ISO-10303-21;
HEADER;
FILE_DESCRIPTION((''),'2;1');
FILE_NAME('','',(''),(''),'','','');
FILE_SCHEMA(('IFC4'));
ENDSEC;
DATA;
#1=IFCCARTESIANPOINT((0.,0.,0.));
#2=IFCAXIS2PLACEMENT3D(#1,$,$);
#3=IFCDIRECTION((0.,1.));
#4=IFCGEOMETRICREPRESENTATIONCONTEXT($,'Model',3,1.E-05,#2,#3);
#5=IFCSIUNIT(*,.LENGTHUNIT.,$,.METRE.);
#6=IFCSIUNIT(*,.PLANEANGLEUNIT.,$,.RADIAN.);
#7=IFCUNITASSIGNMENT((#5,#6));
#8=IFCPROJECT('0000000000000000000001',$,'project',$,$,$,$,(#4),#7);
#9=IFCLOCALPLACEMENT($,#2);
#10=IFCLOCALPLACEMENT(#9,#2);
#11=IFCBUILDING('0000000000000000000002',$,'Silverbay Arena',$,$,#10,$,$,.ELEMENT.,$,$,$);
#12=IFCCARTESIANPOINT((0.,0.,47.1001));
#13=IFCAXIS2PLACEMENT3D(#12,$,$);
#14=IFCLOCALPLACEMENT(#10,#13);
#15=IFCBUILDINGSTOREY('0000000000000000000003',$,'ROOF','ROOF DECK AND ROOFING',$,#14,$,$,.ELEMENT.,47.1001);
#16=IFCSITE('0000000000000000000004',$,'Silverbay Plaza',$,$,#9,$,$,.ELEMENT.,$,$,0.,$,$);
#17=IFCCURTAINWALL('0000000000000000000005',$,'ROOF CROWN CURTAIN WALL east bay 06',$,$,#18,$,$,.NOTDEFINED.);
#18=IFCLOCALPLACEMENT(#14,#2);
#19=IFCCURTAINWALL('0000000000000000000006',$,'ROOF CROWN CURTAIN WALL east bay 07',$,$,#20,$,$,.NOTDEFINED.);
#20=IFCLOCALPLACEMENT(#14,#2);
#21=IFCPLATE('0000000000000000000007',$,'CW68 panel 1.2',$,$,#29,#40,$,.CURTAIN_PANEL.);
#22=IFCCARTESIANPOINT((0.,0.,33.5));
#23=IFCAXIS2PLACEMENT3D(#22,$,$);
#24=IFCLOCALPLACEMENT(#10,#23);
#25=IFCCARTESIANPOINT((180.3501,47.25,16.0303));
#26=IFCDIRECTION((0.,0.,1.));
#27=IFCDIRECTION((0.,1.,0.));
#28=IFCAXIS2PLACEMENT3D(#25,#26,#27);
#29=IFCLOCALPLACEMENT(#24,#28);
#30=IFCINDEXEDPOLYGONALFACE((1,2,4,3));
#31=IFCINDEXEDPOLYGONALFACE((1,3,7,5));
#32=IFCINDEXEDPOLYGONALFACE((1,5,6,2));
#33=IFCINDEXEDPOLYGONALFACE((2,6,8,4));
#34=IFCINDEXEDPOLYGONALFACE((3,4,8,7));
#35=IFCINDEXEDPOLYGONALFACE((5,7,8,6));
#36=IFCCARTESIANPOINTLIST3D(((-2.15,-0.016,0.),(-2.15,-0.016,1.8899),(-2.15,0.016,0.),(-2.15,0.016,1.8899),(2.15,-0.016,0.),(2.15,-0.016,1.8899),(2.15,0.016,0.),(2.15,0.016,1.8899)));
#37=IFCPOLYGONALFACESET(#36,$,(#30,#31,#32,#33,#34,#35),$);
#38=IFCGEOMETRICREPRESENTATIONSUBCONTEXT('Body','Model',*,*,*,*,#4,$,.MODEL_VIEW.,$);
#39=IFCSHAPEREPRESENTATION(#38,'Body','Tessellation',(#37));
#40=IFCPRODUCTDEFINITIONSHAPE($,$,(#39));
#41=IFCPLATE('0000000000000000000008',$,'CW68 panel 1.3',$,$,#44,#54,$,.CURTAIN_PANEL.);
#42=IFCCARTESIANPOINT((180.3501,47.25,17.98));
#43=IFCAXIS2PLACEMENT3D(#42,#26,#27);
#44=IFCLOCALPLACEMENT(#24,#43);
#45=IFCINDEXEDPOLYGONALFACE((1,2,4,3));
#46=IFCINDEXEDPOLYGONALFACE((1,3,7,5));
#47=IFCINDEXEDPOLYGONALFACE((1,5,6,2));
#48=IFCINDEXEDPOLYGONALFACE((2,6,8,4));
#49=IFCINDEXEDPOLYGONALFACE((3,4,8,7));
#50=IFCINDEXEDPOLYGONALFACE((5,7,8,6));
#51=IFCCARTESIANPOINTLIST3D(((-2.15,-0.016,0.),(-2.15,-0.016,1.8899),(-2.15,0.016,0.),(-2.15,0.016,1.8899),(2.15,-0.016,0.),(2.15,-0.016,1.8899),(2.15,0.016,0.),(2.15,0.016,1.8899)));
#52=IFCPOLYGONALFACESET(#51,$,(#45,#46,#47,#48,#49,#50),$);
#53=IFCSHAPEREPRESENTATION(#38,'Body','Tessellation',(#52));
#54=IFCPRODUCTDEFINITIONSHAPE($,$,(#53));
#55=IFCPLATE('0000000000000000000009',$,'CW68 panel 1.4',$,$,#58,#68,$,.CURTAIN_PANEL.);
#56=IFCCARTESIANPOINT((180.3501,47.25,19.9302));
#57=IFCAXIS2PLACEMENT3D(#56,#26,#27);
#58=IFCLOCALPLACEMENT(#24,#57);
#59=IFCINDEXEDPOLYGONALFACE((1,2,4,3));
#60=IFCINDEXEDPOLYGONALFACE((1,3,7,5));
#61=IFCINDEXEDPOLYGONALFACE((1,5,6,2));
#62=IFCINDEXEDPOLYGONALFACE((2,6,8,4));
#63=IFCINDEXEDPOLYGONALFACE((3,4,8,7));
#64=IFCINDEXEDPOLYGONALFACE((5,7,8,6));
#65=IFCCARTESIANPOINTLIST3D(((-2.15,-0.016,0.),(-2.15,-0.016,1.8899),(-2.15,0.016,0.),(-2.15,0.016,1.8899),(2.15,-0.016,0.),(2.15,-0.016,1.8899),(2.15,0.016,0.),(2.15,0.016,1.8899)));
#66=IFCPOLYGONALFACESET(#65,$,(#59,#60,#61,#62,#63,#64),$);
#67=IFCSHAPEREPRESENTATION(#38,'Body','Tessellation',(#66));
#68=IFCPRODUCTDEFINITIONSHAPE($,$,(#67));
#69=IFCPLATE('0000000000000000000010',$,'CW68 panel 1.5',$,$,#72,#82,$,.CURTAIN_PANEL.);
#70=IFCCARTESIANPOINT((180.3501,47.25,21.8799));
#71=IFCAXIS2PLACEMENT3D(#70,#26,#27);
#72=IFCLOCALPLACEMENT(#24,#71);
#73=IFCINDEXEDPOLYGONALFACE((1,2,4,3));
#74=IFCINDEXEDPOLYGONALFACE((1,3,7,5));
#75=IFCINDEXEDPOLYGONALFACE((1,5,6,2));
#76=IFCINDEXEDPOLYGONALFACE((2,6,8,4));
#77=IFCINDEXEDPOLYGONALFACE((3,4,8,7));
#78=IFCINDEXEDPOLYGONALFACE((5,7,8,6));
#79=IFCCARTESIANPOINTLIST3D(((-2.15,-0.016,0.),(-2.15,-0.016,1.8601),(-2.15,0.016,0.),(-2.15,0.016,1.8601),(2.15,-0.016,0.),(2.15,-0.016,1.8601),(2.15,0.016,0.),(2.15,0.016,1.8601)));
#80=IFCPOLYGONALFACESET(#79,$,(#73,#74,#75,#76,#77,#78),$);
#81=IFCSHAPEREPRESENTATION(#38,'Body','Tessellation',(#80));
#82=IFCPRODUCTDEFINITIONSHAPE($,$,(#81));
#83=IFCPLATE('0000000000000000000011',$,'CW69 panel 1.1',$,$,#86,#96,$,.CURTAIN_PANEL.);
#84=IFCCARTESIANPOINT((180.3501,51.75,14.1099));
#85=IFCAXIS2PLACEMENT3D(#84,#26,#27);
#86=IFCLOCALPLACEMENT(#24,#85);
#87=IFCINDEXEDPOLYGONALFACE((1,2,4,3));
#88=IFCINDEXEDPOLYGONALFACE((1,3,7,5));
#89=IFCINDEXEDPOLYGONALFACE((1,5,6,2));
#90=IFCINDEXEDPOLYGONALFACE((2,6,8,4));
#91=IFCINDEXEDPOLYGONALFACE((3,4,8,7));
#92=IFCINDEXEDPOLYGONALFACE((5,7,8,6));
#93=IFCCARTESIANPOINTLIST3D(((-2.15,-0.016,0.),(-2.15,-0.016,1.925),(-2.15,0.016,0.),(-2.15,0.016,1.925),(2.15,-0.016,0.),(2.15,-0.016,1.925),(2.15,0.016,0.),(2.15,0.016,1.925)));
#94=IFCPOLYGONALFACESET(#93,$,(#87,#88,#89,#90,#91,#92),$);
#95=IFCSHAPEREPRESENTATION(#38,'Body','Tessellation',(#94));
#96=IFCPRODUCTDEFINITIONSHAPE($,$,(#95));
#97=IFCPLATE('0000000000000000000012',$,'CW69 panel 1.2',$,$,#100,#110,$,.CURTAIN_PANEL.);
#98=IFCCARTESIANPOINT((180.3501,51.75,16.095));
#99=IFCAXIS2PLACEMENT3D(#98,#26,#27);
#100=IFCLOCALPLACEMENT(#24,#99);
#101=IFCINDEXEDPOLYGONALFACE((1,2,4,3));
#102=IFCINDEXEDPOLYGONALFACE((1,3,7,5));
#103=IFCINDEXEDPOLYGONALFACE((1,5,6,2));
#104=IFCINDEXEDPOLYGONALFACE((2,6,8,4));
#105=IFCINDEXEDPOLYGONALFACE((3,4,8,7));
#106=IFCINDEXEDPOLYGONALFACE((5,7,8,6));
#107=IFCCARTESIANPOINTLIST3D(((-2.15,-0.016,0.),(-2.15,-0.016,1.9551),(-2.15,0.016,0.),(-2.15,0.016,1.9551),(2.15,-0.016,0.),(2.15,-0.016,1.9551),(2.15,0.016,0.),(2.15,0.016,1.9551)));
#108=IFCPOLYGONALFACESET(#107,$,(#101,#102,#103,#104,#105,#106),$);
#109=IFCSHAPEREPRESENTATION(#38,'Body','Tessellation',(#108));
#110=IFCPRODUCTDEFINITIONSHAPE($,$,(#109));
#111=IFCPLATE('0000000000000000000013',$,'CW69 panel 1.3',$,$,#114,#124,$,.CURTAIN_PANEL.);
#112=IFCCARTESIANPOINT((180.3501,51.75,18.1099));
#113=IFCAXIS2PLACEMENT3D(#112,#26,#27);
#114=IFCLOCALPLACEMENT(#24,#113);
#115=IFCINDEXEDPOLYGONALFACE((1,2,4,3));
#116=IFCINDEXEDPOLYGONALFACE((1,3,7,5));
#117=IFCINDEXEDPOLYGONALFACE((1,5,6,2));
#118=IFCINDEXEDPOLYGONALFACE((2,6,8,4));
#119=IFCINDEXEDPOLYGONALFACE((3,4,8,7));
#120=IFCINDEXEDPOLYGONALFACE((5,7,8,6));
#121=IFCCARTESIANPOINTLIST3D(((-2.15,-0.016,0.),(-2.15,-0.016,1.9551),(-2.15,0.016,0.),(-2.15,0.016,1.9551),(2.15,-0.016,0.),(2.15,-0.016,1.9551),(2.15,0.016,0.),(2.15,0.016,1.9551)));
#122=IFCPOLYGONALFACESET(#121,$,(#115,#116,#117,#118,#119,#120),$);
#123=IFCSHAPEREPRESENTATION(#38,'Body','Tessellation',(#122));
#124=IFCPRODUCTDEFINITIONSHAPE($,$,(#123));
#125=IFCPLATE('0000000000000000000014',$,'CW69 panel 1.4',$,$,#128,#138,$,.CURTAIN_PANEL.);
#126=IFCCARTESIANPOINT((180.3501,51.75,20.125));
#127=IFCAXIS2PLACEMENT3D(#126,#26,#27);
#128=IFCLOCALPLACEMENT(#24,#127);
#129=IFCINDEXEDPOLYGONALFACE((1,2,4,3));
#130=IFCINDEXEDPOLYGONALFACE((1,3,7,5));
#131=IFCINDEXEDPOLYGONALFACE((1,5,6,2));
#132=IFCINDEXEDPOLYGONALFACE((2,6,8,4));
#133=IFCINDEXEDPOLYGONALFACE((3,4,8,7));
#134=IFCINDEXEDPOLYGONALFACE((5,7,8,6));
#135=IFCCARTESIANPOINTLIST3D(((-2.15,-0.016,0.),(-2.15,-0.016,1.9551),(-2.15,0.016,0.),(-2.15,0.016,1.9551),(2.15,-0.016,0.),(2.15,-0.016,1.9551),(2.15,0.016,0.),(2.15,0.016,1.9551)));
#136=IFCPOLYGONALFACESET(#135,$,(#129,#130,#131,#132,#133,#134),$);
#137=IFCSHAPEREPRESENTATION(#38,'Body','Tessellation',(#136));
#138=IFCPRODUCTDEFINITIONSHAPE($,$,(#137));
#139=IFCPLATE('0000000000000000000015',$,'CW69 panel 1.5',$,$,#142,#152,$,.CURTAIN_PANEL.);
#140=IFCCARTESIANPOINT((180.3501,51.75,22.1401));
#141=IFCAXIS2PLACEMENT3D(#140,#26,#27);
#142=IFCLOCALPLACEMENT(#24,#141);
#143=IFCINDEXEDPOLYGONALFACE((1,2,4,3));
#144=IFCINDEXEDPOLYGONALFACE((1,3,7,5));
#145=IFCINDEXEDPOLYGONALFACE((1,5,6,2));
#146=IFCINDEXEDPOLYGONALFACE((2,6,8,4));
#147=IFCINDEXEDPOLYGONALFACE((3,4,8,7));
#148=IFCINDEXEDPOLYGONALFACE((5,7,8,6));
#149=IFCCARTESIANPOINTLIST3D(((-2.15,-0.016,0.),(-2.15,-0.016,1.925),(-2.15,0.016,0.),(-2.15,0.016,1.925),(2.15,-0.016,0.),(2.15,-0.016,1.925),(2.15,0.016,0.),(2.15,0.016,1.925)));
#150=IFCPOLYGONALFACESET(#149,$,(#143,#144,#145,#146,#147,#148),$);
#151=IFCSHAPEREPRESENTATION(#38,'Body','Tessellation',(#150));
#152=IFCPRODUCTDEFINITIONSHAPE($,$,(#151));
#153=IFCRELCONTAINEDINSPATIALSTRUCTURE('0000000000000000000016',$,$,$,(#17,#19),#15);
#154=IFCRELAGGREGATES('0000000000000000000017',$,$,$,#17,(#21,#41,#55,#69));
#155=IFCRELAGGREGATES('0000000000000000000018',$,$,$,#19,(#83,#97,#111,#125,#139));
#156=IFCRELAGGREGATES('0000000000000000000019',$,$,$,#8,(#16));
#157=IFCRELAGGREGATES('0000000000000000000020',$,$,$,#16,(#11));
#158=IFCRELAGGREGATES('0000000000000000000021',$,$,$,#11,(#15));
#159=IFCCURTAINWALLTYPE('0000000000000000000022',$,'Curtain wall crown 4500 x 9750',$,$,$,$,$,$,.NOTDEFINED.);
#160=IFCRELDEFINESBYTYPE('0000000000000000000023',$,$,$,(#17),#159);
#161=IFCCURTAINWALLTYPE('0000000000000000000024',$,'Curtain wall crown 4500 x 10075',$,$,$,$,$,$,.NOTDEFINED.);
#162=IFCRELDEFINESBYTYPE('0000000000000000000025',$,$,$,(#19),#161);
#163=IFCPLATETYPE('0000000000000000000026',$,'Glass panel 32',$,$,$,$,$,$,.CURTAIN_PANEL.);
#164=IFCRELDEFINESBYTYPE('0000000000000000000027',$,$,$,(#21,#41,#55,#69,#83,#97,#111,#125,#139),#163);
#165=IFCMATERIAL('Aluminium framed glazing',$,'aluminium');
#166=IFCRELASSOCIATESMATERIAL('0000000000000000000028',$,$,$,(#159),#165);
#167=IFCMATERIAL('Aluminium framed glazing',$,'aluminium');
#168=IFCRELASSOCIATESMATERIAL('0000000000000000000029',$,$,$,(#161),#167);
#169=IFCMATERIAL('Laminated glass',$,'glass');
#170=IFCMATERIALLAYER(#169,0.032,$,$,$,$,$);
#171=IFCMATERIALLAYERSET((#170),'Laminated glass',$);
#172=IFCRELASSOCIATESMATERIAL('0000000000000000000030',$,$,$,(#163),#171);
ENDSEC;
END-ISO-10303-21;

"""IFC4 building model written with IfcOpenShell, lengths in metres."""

from ifc_helpers import new_model, si_unit, direction, frame, origin, origin_2d, place, context, subcontext, project, spatial, rectangle, extrude, material, layer, layer_set, type_object, element, aggregate, save


model = new_model("IFC4")

# Units and contexts
model_context = context("Model", 3, precision=1e-05, world=origin(), true_north=direction((0.0, 1.0)))
body_context = subcontext(model_context, "Body", "Model", "MODEL_VIEW")
ifc_project = project(units=[si_unit("LENGTHUNIT", "METRE"), si_unit("PLANEANGLEUNIT", "RADIAN")], contexts=[model_context])

# Site, building, storey
site_placement = place(None, origin())
site = spatial("IfcSite", under=ifc_project, at=site_placement, Name="Silverbay Plaza", CompositionType="ELEMENT", RefElevation=0.0)
building_placement = place(site_placement, origin())
building = spatial("IfcBuilding", under=site, at=building_placement, Name="Silverbay Arena", CompositionType="ELEMENT")
storey_placement = place(building_placement, frame((0.0, 0.0, 47.1001)))
storey = spatial("IfcBuildingStorey", under=building, at=storey_placement, Name="ROOF", Description="ROOF DECK AND ROOFING", CompositionType="ELEMENT", Elevation=47.1001)

# Curtain wall
ifc_material_1 = material(Name="Aluminium framed glazing", Category="aluminium")
curtain_wall_type_1 = type_object("IfcCurtainWallType", Name="Curtain wall crown 4500 x 9750", PredefinedType="NOTDEFINED", material=ifc_material_1)
curtain_wall_1_placement = place(storey_placement, origin())
curtain_wall_1 = element("IfcCurtainWall", 1, at=curtain_wall_1_placement, inside=storey, type_object=curtain_wall_type_1, Name="ROOF CROWN CURTAIN WALL east bay 06", PredefinedType="NOTDEFINED")
placement = place(building_placement, frame((0.0, 0.0, 33.5)))

# Curtain wall
ifc_material_2 = material(Name="Aluminium framed glazing", Category="aluminium")
curtain_wall_type_2 = type_object("IfcCurtainWallType", Name="Curtain wall crown 4500 x 10075", PredefinedType="NOTDEFINED", material=ifc_material_2)
curtain_wall_2_placement = place(storey_placement, origin())
curtain_wall_2 = element("IfcCurtainWall", 2, at=curtain_wall_2_placement, inside=storey, type_object=curtain_wall_type_2, Name="ROOF CROWN CURTAIN WALL east bay 07", PredefinedType="NOTDEFINED")

# Plates
ifc_material_3 = material(Name="Laminated glass", Category="glass")
ifc_layer_1 = layer(ifc_material_3, 0.032)
ifc_layer_set_1 = layer_set([ifc_layer_1], Name="Laminated glass")
plate_type = type_object("IfcPlateType", Name="Glass panel 32", PredefinedType="CURTAIN_PANEL", material=ifc_layer_set_1)
plate_1_placement = place(placement, frame((180.3501, 47.25, 16.0303), z_axis=(0.0, 0.0, 1.0), x_axis=(0.0, 1.0, 0.0)))
plate_1 = element("IfcPlate", 3, at=plate_1_placement, type_object=plate_type, Name="CW68 panel 1.2", PredefinedType="CURTAIN_PANEL", context=body_context, shape_type="SweptSolid", body=[
    extrude(rectangle(XDim=4.3, YDim=0.032, at=origin_2d()), origin(), (0.0, 0.0, 1.0), 1.8899),
])
plate_2_placement = place(placement, frame((180.3501, 47.25, 17.98), z_axis=(0.0, 0.0, 1.0), x_axis=(0.0, 1.0, 0.0)))
plate_2 = element("IfcPlate", 4, at=plate_2_placement, type_object=plate_type, Name="CW68 panel 1.3", PredefinedType="CURTAIN_PANEL", context=body_context, shape_type="SweptSolid", body=[
    extrude(rectangle(XDim=4.3, YDim=0.032, at=origin_2d()), origin(), (0.0, 0.0, 1.0), 1.8899),
])
plate_3_placement = place(placement, frame((180.3501, 47.25, 19.9302), z_axis=(0.0, 0.0, 1.0), x_axis=(0.0, 1.0, 0.0)))
plate_3 = element("IfcPlate", 5, at=plate_3_placement, type_object=plate_type, Name="CW68 panel 1.4", PredefinedType="CURTAIN_PANEL", context=body_context, shape_type="SweptSolid", body=[
    extrude(rectangle(XDim=4.3, YDim=0.032, at=origin_2d()), origin(), (0.0, 0.0, 1.0), 1.8899),
])
plate_4_placement = place(placement, frame((180.3501, 47.25, 21.8799), z_axis=(0.0, 0.0, 1.0), x_axis=(0.0, 1.0, 0.0)))
plate_4 = element("IfcPlate", 6, at=plate_4_placement, type_object=plate_type, Name="CW68 panel 1.5", PredefinedType="CURTAIN_PANEL", context=body_context, shape_type="SweptSolid", body=[
    extrude(rectangle(XDim=4.3, YDim=0.032, at=origin_2d()), origin(), (0.0, 0.0, 1.0), 1.8601),
])
aggregate(curtain_wall_1, [plate_1, plate_2, plate_3, plate_4])
plate_5_placement = place(placement, frame((180.3501, 51.75, 14.1099), z_axis=(0.0, 0.0, 1.0), x_axis=(0.0, 1.0, 0.0)))
plate_5 = element("IfcPlate", 7, at=plate_5_placement, type_object=plate_type, Name="CW69 panel 1.1", PredefinedType="CURTAIN_PANEL", context=body_context, shape_type="SweptSolid", body=[
    extrude(rectangle(XDim=4.3, YDim=0.032, at=origin_2d()), origin(), (0.0, 0.0, 1.0), 1.925),
])
plate_6_placement = place(placement, frame((180.3501, 51.75, 16.095), z_axis=(0.0, 0.0, 1.0), x_axis=(0.0, 1.0, 0.0)))
plate_6 = element("IfcPlate", 8, at=plate_6_placement, type_object=plate_type, Name="CW69 panel 1.2", PredefinedType="CURTAIN_PANEL", context=body_context, shape_type="SweptSolid", body=[
    extrude(rectangle(XDim=4.3, YDim=0.032, at=origin_2d()), origin(), (0.0, 0.0, 1.0), 1.9551),
])
plate_7_placement = place(placement, frame((180.3501, 51.75, 18.1099), z_axis=(0.0, 0.0, 1.0), x_axis=(0.0, 1.0, 0.0)))
plate_7 = element("IfcPlate", 9, at=plate_7_placement, type_object=plate_type, Name="CW69 panel 1.3", PredefinedType="CURTAIN_PANEL", context=body_context, shape_type="SweptSolid", body=[
    extrude(rectangle(XDim=4.3, YDim=0.032, at=origin_2d()), origin(), (0.0, 0.0, 1.0), 1.9551),
])
plate_8_placement = place(placement, frame((180.3501, 51.75, 20.125), z_axis=(0.0, 0.0, 1.0), x_axis=(0.0, 1.0, 0.0)))
plate_8 = element("IfcPlate", 10, at=plate_8_placement, type_object=plate_type, Name="CW69 panel 1.4", PredefinedType="CURTAIN_PANEL", context=body_context, shape_type="SweptSolid", body=[
    extrude(rectangle(XDim=4.3, YDim=0.032, at=origin_2d()), origin(), (0.0, 0.0, 1.0), 1.9551),
])
plate_9_placement = place(placement, frame((180.3501, 51.75, 22.1401), z_axis=(0.0, 0.0, 1.0), x_axis=(0.0, 1.0, 0.0)))
plate_9 = element("IfcPlate", 11, at=plate_9_placement, type_object=plate_type, Name="CW69 panel 1.5", PredefinedType="CURTAIN_PANEL", context=body_context, shape_type="SweptSolid", body=[
    extrude(rectangle(XDim=4.3, YDim=0.032, at=origin_2d()), origin(), (0.0, 0.0, 1.0), 1.925),
])
aggregate(curtain_wall_2, [plate_5, plate_6, plate_7, plate_8, plate_9])

save(model, "model.ifc")
